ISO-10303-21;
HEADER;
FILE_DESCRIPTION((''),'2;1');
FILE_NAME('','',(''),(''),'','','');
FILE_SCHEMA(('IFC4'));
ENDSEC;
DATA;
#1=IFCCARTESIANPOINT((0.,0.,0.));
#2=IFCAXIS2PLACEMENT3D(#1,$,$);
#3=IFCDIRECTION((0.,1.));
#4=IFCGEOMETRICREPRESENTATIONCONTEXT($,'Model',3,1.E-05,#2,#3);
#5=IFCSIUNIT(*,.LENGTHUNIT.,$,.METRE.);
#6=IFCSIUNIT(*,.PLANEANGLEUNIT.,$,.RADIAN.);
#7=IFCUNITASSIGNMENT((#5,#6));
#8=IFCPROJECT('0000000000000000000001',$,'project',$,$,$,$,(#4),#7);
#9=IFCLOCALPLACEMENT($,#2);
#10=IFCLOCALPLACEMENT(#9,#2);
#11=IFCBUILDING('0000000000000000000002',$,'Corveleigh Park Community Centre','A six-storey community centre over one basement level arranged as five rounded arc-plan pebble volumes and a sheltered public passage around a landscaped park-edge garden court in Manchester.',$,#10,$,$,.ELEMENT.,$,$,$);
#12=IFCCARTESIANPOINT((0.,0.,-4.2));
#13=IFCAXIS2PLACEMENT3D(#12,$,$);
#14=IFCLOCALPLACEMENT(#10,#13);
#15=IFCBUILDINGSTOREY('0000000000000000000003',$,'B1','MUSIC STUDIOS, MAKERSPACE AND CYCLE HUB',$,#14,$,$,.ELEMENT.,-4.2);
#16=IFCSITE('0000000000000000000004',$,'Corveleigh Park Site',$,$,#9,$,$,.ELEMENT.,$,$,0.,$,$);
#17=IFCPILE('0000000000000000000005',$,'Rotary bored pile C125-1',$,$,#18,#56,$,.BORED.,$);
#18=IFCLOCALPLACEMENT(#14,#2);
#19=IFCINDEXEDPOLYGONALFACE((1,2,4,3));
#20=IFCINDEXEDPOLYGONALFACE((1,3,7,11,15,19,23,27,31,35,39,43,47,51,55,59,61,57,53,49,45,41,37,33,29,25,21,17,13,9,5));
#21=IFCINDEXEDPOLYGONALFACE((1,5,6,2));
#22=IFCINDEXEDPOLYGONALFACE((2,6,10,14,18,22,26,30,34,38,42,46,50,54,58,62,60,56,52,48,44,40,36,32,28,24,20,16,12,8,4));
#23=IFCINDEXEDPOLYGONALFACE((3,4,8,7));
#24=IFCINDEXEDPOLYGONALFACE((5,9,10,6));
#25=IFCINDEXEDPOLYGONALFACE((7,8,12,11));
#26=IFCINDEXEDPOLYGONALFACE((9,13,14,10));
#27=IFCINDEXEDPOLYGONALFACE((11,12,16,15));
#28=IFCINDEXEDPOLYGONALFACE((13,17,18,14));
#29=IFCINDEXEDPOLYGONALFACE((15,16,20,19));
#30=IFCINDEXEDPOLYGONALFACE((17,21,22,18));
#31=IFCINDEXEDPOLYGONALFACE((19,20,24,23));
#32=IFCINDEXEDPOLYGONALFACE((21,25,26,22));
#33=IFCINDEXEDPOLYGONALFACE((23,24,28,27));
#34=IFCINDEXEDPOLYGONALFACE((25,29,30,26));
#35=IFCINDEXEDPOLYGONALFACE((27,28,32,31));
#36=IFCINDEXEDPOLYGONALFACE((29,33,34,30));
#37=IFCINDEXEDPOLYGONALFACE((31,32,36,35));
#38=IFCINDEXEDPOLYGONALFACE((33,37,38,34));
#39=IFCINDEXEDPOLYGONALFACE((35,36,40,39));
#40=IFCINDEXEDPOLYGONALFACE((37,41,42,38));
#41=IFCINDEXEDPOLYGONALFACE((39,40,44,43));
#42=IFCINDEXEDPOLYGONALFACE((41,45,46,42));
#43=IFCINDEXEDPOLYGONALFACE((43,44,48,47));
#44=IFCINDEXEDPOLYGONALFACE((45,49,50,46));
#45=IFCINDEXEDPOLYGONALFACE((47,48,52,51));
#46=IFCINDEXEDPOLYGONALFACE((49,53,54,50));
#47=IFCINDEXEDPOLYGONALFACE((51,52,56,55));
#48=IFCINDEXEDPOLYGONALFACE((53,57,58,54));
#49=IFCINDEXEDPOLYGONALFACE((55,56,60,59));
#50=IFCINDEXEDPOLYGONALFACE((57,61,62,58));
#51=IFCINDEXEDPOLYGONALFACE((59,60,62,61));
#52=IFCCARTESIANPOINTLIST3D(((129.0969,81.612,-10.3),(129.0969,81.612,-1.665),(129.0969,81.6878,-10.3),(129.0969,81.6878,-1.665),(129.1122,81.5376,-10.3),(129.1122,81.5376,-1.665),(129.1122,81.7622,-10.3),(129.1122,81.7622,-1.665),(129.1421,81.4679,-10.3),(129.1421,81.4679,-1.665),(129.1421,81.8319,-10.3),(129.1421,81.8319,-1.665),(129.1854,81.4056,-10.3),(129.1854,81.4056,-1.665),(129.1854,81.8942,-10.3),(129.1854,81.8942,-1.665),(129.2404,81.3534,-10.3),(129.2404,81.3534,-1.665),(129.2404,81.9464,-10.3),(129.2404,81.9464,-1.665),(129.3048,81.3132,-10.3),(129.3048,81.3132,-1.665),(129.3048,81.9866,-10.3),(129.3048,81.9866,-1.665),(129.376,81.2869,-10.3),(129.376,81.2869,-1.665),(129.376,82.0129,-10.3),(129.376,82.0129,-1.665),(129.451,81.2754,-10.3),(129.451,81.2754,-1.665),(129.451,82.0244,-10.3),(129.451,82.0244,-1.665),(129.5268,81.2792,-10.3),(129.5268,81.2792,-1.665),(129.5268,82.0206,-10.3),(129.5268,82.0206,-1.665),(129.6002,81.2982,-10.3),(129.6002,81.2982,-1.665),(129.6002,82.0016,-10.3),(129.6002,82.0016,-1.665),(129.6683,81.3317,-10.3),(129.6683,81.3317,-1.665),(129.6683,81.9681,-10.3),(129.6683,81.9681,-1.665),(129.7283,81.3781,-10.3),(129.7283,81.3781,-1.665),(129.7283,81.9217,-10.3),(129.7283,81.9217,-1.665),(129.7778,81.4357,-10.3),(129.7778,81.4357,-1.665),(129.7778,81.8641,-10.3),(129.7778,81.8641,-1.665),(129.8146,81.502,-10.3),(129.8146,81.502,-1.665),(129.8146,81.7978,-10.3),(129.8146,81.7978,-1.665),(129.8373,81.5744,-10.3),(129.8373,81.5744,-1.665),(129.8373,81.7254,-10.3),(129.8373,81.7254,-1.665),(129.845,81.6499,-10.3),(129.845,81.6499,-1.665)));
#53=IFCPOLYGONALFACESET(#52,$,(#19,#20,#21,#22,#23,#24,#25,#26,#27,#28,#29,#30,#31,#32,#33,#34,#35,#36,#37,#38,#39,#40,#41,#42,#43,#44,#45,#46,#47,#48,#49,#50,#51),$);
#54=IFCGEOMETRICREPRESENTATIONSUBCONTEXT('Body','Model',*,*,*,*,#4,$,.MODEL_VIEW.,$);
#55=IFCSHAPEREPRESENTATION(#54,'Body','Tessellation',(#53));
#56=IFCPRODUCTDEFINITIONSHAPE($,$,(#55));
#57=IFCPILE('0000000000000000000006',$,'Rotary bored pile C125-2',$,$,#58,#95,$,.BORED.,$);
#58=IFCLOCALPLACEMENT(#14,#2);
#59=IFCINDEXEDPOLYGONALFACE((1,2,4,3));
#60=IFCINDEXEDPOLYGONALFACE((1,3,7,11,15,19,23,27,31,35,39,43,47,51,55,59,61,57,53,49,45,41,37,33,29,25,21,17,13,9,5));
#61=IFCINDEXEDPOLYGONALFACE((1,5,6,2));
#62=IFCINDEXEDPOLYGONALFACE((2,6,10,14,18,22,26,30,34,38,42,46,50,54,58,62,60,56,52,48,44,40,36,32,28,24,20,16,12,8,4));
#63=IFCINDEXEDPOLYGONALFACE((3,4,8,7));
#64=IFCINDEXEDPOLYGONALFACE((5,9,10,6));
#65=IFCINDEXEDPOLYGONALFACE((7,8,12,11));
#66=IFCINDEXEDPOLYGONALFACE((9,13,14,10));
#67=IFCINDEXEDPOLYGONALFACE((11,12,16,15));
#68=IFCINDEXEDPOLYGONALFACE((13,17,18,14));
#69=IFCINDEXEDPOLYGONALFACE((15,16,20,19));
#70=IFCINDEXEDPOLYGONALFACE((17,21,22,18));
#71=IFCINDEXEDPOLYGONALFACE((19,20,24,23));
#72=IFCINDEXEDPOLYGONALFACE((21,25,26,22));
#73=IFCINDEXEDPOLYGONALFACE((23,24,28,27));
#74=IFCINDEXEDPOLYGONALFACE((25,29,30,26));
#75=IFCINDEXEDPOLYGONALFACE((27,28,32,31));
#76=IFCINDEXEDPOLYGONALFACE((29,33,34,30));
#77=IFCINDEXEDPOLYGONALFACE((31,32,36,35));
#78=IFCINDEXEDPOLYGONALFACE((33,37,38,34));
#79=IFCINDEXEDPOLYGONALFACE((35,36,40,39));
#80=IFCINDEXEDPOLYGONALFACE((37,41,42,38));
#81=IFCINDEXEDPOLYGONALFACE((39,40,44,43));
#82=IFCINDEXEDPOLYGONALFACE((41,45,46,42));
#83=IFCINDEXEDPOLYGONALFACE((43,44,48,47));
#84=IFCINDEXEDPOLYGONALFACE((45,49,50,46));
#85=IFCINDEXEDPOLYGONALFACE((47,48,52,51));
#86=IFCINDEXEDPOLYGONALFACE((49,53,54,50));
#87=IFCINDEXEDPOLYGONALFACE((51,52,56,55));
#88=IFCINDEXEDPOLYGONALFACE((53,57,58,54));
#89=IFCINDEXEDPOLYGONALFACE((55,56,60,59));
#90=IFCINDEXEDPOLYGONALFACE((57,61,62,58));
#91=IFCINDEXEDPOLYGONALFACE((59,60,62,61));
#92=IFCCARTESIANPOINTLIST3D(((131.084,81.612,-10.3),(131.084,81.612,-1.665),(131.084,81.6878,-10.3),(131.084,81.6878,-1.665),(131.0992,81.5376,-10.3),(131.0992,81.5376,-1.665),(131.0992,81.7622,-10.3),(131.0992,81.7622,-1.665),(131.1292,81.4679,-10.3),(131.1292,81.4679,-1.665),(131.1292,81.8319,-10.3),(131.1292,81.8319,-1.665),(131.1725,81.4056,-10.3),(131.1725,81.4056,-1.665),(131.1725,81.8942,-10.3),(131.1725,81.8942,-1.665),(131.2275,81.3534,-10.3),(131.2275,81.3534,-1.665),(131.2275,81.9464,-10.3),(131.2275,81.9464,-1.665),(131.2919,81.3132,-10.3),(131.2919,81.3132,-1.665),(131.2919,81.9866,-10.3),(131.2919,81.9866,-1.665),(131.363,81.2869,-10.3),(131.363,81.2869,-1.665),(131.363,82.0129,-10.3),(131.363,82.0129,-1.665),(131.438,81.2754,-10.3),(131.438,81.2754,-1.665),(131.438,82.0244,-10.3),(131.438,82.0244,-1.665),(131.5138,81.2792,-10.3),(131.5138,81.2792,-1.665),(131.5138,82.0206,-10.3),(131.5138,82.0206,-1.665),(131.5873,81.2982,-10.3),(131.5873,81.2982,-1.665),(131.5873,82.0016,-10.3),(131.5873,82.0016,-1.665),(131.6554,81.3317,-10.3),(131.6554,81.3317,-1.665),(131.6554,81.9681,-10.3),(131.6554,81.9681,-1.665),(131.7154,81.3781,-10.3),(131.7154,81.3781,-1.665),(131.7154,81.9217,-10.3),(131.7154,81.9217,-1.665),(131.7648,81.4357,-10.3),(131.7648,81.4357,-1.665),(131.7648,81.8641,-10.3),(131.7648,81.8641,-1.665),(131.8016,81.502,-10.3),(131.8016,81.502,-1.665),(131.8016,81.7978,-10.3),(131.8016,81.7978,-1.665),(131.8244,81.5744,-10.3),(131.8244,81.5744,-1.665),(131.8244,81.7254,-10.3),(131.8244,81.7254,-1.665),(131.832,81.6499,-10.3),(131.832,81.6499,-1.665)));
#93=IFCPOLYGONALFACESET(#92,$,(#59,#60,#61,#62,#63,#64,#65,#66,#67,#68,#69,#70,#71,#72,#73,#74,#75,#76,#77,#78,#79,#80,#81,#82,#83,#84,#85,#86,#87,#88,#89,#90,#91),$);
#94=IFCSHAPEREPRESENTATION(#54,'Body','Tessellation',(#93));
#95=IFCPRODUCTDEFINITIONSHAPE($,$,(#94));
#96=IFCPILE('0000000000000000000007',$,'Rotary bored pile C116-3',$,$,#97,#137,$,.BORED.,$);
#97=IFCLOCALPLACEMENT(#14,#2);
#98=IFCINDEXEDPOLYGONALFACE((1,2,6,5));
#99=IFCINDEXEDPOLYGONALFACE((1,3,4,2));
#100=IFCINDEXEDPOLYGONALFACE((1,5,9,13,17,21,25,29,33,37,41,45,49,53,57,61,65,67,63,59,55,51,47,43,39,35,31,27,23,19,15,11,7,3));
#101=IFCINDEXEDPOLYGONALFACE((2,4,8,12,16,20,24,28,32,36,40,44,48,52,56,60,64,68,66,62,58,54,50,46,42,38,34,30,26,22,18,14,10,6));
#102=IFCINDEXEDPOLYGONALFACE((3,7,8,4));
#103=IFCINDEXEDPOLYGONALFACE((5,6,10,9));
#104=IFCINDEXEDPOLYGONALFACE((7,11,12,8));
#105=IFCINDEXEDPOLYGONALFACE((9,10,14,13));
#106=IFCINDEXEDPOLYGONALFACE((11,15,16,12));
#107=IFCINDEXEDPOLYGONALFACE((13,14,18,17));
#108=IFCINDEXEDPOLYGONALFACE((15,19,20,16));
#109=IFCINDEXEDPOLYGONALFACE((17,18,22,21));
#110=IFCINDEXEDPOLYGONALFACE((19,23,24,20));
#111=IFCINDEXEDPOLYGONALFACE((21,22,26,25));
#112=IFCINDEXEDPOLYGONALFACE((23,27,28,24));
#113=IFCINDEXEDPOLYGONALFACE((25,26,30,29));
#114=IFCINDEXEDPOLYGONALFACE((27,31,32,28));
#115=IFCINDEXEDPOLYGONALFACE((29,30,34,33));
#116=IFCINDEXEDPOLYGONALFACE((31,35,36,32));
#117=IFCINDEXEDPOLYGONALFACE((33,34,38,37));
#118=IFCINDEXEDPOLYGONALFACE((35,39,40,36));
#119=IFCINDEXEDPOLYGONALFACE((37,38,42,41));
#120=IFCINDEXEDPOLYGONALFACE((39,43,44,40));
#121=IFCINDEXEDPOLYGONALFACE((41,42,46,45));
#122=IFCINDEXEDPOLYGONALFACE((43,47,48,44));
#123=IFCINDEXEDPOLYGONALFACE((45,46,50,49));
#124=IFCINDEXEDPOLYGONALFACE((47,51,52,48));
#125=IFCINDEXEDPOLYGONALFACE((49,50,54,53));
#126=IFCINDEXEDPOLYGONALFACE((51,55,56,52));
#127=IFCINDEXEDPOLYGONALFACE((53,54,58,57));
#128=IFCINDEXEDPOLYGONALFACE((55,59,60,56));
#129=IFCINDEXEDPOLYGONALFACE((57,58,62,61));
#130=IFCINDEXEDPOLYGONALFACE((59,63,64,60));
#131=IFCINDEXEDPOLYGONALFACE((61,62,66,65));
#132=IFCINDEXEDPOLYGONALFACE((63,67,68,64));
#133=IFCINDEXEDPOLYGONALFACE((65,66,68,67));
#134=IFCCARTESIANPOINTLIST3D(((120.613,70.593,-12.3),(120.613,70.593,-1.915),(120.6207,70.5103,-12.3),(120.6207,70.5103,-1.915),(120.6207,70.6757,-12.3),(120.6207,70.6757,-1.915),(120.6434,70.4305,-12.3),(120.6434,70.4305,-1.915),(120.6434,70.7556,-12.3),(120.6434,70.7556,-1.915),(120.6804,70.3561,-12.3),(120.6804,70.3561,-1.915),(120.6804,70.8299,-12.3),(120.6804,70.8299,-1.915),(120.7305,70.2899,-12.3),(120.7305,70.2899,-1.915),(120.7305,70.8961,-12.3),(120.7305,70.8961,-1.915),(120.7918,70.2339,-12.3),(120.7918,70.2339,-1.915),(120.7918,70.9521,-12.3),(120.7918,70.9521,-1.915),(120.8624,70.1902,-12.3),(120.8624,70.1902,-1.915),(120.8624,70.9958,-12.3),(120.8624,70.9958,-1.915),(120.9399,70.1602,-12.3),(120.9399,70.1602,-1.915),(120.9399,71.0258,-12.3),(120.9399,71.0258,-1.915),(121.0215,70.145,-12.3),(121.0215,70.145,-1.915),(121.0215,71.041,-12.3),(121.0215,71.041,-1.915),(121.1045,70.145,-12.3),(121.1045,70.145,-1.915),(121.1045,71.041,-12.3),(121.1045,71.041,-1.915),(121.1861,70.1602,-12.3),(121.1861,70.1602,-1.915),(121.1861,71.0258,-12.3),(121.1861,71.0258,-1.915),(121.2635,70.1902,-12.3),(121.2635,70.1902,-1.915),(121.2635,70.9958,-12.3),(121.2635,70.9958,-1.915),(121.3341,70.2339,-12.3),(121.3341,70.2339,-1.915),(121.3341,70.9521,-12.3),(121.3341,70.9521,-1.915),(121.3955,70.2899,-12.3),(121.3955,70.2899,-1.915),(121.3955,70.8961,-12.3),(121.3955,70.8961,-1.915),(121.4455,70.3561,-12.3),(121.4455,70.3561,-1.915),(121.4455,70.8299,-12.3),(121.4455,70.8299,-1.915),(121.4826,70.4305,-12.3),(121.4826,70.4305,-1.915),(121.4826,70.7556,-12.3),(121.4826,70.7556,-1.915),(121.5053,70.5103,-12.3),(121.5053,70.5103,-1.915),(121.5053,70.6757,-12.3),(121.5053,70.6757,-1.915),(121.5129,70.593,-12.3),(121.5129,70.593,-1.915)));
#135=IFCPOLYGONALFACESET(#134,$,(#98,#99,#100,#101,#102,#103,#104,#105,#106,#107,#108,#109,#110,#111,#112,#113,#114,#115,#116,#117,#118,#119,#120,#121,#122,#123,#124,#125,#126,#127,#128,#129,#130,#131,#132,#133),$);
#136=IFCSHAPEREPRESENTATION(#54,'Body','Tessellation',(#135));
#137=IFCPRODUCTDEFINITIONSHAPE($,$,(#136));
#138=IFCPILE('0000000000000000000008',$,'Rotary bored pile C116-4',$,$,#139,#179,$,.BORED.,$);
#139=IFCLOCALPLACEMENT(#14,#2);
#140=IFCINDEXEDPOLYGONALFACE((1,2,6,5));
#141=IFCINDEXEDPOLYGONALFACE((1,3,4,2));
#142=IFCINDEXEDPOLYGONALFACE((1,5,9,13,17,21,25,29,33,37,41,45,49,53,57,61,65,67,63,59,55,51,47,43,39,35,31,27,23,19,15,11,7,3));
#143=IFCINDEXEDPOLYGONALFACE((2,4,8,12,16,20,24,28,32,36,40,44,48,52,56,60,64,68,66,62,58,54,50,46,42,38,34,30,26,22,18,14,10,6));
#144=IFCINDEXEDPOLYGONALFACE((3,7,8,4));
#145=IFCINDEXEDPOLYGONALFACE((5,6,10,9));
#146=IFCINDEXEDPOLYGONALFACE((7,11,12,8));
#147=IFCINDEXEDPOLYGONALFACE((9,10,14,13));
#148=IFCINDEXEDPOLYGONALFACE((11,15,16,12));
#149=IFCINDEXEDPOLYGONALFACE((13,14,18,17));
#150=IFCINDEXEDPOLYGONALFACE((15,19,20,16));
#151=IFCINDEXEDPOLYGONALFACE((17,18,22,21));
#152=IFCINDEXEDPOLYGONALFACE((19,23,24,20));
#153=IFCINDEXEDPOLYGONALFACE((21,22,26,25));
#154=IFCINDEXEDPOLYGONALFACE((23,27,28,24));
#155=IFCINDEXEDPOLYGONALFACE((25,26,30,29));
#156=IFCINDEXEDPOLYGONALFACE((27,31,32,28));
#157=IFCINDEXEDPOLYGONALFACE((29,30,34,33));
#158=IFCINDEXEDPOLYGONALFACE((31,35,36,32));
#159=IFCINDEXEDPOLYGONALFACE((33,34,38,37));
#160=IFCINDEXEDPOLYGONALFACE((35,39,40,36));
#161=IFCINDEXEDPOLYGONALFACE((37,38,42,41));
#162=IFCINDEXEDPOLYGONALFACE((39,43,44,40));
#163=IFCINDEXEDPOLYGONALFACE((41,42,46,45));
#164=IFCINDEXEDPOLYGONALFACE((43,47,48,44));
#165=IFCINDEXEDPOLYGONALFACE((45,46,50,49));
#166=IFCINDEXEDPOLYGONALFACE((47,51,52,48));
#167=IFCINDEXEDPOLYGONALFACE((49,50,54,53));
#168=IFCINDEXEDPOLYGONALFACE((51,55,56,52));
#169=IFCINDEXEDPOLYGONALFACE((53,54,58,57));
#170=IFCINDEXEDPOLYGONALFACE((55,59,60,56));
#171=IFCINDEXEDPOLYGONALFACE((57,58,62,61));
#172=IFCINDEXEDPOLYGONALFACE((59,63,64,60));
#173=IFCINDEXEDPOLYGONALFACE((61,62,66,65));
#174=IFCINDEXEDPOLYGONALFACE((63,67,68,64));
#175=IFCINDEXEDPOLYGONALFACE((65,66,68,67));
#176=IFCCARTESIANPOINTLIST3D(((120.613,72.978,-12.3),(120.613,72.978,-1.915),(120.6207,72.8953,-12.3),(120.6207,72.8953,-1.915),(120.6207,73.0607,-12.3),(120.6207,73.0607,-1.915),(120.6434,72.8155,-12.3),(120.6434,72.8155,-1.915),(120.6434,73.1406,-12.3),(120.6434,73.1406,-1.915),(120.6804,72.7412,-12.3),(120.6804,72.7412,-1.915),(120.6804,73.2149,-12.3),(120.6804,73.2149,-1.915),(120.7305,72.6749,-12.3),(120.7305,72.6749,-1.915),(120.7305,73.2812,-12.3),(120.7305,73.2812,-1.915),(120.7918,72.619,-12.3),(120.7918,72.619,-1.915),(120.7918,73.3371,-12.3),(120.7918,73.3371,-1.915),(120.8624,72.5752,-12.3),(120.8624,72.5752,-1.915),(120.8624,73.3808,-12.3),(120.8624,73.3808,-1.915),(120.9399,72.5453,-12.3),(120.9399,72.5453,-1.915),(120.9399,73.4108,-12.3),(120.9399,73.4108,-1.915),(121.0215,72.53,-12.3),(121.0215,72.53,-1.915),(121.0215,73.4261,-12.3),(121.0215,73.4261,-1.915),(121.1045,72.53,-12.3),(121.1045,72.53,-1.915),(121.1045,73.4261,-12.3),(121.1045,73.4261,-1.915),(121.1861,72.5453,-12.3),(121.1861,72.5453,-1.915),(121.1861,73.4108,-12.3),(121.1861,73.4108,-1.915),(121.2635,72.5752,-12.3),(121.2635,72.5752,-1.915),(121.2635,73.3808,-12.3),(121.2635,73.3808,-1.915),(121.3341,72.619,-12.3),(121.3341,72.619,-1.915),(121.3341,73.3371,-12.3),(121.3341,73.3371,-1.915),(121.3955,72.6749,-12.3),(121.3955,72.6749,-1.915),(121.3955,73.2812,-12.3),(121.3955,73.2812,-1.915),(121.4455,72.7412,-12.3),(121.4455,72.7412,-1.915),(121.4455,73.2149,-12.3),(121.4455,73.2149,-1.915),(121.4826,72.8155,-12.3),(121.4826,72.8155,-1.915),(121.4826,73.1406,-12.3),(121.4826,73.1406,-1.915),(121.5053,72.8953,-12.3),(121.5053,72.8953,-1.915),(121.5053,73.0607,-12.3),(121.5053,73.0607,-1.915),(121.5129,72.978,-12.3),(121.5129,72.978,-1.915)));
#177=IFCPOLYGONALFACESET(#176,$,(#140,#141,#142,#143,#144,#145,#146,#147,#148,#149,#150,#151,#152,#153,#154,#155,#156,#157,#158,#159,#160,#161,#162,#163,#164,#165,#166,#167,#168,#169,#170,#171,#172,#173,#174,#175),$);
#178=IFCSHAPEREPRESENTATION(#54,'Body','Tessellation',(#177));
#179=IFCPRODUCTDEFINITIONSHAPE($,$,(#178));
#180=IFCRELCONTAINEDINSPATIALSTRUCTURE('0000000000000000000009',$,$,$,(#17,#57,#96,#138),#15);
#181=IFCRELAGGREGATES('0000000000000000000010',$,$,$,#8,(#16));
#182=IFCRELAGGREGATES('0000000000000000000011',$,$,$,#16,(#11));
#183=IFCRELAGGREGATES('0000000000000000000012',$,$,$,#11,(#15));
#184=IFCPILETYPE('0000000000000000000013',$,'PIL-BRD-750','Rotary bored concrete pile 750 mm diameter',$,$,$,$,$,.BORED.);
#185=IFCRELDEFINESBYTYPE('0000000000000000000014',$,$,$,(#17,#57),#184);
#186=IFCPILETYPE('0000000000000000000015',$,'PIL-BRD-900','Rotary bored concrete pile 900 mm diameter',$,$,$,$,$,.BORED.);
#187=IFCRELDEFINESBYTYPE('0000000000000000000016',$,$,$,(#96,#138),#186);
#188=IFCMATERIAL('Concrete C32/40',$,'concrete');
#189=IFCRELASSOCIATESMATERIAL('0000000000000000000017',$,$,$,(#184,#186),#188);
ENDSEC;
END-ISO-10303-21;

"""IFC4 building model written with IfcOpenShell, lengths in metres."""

from ifc_helpers import new_model, si_unit, direction, frame, origin, origin_2d, place, context, subcontext, project, spatial, circle, extrude, material, material_profile, profile_set, type_object, element, save


model = new_model("IFC4")

# Units and contexts
model_context = context("Model", 3, precision=1e-05, world=origin(), true_north=direction((0.0, 1.0)))
body_context = subcontext(model_context, "Body", "Model", "MODEL_VIEW")
ifc_project = project(units=[si_unit("LENGTHUNIT", "METRE"), si_unit("PLANEANGLEUNIT", "RADIAN")], contexts=[model_context])

# Site, building, storey
site_placement = place(None, origin())
site = spatial("IfcSite", under=ifc_project, at=site_placement, Name="Corveleigh Park Site", CompositionType="ELEMENT", RefElevation=0.0)
building_placement = place(site_placement, origin())
building = spatial("IfcBuilding", under=site, at=building_placement, Name="Corveleigh Park Community Centre", Description="A six-storey community centre over one basement level arranged as five rounded arc-plan pebble volumes and a sheltered public passage around a landscaped park-edge garden court in Manchester.", CompositionType="ELEMENT")
storey_placement = place(building_placement, frame((0.0, 0.0, -4.2)))
storey = spatial("IfcBuildingStorey", under=building, at=storey_placement, Name="B1", Description="MUSIC STUDIOS, MAKERSPACE AND CYCLE HUB", CompositionType="ELEMENT", Elevation=-4.2)

# Piles
ifc_material_1 = material(Name="Concrete C32/40", Category="concrete")
ifc_material_profile_1 = material_profile(ifc_material_1, circle(Radius=0.375, at=origin_2d()), Name="BORED-PILE-750", Category="concrete")
ifc_profile_set_1 = profile_set([ifc_material_profile_1], Name="Concrete C32/40")
pile_type_1 = type_object("IfcPileType", Name="PIL-BRD-750", Description="Rotary bored concrete pile 750 mm diameter", PredefinedType="BORED", material=ifc_profile_set_1)
for number, where, z_axis, x_axis, name in (
    (1, (129.47, 81.6499, -1.665), (0.0, 0.0, -1.0), (1.0, 0.0, 0.0), "Rotary bored pile C125-1"),
    (2, (131.457, 81.6499, -1.665), (0.0, 0.0, -1.0), (1.0, 0.0, 0.0), "Rotary bored pile C125-2"),
):
    element("IfcPile", number, at=place(storey_placement, frame(where, z_axis=z_axis, x_axis=x_axis)), inside=storey, type_object=pile_type_1, Name=name, PredefinedType="BORED", context=body_context, shape_type="SweptSolid", body=[
        extrude(circle(Radius=0.375, at=origin_2d()), origin(), (0.0, 0.0, 1.0), 8.635),
    ])
ifc_material_profile_2 = material_profile(ifc_material_1, circle(Radius=0.45, at=origin_2d()), Name="BORED-PILE-900", Category="concrete")
ifc_profile_set_2 = profile_set([ifc_material_profile_2], Name="Concrete C32/40")
pile_type_2 = type_object("IfcPileType", Name="PIL-BRD-900", Description="Rotary bored concrete pile 900 mm diameter", PredefinedType="BORED", material=ifc_profile_set_2)
for number, where, z_axis, x_axis, name in (
    (3, (121.063, 70.593, -1.915), (0.0, 0.0, -1.0), (1.0, 0.0, 0.0), "Rotary bored pile C116-3"),
    (4, (121.063, 72.978, -1.915), (0.0, 0.0, -1.0), (1.0, 0.0, 0.0), "Rotary bored pile C116-4"),
):
    element("IfcPile", number, at=place(storey_placement, frame(where, z_axis=z_axis, x_axis=x_axis)), inside=storey, type_object=pile_type_2, Name=name, PredefinedType="BORED", context=body_context, shape_type="SweptSolid", body=[
        extrude(circle(Radius=0.45, at=origin_2d()), origin(), (0.0, 0.0, 1.0), 10.385),
    ])

save(model, "model.ifc")
